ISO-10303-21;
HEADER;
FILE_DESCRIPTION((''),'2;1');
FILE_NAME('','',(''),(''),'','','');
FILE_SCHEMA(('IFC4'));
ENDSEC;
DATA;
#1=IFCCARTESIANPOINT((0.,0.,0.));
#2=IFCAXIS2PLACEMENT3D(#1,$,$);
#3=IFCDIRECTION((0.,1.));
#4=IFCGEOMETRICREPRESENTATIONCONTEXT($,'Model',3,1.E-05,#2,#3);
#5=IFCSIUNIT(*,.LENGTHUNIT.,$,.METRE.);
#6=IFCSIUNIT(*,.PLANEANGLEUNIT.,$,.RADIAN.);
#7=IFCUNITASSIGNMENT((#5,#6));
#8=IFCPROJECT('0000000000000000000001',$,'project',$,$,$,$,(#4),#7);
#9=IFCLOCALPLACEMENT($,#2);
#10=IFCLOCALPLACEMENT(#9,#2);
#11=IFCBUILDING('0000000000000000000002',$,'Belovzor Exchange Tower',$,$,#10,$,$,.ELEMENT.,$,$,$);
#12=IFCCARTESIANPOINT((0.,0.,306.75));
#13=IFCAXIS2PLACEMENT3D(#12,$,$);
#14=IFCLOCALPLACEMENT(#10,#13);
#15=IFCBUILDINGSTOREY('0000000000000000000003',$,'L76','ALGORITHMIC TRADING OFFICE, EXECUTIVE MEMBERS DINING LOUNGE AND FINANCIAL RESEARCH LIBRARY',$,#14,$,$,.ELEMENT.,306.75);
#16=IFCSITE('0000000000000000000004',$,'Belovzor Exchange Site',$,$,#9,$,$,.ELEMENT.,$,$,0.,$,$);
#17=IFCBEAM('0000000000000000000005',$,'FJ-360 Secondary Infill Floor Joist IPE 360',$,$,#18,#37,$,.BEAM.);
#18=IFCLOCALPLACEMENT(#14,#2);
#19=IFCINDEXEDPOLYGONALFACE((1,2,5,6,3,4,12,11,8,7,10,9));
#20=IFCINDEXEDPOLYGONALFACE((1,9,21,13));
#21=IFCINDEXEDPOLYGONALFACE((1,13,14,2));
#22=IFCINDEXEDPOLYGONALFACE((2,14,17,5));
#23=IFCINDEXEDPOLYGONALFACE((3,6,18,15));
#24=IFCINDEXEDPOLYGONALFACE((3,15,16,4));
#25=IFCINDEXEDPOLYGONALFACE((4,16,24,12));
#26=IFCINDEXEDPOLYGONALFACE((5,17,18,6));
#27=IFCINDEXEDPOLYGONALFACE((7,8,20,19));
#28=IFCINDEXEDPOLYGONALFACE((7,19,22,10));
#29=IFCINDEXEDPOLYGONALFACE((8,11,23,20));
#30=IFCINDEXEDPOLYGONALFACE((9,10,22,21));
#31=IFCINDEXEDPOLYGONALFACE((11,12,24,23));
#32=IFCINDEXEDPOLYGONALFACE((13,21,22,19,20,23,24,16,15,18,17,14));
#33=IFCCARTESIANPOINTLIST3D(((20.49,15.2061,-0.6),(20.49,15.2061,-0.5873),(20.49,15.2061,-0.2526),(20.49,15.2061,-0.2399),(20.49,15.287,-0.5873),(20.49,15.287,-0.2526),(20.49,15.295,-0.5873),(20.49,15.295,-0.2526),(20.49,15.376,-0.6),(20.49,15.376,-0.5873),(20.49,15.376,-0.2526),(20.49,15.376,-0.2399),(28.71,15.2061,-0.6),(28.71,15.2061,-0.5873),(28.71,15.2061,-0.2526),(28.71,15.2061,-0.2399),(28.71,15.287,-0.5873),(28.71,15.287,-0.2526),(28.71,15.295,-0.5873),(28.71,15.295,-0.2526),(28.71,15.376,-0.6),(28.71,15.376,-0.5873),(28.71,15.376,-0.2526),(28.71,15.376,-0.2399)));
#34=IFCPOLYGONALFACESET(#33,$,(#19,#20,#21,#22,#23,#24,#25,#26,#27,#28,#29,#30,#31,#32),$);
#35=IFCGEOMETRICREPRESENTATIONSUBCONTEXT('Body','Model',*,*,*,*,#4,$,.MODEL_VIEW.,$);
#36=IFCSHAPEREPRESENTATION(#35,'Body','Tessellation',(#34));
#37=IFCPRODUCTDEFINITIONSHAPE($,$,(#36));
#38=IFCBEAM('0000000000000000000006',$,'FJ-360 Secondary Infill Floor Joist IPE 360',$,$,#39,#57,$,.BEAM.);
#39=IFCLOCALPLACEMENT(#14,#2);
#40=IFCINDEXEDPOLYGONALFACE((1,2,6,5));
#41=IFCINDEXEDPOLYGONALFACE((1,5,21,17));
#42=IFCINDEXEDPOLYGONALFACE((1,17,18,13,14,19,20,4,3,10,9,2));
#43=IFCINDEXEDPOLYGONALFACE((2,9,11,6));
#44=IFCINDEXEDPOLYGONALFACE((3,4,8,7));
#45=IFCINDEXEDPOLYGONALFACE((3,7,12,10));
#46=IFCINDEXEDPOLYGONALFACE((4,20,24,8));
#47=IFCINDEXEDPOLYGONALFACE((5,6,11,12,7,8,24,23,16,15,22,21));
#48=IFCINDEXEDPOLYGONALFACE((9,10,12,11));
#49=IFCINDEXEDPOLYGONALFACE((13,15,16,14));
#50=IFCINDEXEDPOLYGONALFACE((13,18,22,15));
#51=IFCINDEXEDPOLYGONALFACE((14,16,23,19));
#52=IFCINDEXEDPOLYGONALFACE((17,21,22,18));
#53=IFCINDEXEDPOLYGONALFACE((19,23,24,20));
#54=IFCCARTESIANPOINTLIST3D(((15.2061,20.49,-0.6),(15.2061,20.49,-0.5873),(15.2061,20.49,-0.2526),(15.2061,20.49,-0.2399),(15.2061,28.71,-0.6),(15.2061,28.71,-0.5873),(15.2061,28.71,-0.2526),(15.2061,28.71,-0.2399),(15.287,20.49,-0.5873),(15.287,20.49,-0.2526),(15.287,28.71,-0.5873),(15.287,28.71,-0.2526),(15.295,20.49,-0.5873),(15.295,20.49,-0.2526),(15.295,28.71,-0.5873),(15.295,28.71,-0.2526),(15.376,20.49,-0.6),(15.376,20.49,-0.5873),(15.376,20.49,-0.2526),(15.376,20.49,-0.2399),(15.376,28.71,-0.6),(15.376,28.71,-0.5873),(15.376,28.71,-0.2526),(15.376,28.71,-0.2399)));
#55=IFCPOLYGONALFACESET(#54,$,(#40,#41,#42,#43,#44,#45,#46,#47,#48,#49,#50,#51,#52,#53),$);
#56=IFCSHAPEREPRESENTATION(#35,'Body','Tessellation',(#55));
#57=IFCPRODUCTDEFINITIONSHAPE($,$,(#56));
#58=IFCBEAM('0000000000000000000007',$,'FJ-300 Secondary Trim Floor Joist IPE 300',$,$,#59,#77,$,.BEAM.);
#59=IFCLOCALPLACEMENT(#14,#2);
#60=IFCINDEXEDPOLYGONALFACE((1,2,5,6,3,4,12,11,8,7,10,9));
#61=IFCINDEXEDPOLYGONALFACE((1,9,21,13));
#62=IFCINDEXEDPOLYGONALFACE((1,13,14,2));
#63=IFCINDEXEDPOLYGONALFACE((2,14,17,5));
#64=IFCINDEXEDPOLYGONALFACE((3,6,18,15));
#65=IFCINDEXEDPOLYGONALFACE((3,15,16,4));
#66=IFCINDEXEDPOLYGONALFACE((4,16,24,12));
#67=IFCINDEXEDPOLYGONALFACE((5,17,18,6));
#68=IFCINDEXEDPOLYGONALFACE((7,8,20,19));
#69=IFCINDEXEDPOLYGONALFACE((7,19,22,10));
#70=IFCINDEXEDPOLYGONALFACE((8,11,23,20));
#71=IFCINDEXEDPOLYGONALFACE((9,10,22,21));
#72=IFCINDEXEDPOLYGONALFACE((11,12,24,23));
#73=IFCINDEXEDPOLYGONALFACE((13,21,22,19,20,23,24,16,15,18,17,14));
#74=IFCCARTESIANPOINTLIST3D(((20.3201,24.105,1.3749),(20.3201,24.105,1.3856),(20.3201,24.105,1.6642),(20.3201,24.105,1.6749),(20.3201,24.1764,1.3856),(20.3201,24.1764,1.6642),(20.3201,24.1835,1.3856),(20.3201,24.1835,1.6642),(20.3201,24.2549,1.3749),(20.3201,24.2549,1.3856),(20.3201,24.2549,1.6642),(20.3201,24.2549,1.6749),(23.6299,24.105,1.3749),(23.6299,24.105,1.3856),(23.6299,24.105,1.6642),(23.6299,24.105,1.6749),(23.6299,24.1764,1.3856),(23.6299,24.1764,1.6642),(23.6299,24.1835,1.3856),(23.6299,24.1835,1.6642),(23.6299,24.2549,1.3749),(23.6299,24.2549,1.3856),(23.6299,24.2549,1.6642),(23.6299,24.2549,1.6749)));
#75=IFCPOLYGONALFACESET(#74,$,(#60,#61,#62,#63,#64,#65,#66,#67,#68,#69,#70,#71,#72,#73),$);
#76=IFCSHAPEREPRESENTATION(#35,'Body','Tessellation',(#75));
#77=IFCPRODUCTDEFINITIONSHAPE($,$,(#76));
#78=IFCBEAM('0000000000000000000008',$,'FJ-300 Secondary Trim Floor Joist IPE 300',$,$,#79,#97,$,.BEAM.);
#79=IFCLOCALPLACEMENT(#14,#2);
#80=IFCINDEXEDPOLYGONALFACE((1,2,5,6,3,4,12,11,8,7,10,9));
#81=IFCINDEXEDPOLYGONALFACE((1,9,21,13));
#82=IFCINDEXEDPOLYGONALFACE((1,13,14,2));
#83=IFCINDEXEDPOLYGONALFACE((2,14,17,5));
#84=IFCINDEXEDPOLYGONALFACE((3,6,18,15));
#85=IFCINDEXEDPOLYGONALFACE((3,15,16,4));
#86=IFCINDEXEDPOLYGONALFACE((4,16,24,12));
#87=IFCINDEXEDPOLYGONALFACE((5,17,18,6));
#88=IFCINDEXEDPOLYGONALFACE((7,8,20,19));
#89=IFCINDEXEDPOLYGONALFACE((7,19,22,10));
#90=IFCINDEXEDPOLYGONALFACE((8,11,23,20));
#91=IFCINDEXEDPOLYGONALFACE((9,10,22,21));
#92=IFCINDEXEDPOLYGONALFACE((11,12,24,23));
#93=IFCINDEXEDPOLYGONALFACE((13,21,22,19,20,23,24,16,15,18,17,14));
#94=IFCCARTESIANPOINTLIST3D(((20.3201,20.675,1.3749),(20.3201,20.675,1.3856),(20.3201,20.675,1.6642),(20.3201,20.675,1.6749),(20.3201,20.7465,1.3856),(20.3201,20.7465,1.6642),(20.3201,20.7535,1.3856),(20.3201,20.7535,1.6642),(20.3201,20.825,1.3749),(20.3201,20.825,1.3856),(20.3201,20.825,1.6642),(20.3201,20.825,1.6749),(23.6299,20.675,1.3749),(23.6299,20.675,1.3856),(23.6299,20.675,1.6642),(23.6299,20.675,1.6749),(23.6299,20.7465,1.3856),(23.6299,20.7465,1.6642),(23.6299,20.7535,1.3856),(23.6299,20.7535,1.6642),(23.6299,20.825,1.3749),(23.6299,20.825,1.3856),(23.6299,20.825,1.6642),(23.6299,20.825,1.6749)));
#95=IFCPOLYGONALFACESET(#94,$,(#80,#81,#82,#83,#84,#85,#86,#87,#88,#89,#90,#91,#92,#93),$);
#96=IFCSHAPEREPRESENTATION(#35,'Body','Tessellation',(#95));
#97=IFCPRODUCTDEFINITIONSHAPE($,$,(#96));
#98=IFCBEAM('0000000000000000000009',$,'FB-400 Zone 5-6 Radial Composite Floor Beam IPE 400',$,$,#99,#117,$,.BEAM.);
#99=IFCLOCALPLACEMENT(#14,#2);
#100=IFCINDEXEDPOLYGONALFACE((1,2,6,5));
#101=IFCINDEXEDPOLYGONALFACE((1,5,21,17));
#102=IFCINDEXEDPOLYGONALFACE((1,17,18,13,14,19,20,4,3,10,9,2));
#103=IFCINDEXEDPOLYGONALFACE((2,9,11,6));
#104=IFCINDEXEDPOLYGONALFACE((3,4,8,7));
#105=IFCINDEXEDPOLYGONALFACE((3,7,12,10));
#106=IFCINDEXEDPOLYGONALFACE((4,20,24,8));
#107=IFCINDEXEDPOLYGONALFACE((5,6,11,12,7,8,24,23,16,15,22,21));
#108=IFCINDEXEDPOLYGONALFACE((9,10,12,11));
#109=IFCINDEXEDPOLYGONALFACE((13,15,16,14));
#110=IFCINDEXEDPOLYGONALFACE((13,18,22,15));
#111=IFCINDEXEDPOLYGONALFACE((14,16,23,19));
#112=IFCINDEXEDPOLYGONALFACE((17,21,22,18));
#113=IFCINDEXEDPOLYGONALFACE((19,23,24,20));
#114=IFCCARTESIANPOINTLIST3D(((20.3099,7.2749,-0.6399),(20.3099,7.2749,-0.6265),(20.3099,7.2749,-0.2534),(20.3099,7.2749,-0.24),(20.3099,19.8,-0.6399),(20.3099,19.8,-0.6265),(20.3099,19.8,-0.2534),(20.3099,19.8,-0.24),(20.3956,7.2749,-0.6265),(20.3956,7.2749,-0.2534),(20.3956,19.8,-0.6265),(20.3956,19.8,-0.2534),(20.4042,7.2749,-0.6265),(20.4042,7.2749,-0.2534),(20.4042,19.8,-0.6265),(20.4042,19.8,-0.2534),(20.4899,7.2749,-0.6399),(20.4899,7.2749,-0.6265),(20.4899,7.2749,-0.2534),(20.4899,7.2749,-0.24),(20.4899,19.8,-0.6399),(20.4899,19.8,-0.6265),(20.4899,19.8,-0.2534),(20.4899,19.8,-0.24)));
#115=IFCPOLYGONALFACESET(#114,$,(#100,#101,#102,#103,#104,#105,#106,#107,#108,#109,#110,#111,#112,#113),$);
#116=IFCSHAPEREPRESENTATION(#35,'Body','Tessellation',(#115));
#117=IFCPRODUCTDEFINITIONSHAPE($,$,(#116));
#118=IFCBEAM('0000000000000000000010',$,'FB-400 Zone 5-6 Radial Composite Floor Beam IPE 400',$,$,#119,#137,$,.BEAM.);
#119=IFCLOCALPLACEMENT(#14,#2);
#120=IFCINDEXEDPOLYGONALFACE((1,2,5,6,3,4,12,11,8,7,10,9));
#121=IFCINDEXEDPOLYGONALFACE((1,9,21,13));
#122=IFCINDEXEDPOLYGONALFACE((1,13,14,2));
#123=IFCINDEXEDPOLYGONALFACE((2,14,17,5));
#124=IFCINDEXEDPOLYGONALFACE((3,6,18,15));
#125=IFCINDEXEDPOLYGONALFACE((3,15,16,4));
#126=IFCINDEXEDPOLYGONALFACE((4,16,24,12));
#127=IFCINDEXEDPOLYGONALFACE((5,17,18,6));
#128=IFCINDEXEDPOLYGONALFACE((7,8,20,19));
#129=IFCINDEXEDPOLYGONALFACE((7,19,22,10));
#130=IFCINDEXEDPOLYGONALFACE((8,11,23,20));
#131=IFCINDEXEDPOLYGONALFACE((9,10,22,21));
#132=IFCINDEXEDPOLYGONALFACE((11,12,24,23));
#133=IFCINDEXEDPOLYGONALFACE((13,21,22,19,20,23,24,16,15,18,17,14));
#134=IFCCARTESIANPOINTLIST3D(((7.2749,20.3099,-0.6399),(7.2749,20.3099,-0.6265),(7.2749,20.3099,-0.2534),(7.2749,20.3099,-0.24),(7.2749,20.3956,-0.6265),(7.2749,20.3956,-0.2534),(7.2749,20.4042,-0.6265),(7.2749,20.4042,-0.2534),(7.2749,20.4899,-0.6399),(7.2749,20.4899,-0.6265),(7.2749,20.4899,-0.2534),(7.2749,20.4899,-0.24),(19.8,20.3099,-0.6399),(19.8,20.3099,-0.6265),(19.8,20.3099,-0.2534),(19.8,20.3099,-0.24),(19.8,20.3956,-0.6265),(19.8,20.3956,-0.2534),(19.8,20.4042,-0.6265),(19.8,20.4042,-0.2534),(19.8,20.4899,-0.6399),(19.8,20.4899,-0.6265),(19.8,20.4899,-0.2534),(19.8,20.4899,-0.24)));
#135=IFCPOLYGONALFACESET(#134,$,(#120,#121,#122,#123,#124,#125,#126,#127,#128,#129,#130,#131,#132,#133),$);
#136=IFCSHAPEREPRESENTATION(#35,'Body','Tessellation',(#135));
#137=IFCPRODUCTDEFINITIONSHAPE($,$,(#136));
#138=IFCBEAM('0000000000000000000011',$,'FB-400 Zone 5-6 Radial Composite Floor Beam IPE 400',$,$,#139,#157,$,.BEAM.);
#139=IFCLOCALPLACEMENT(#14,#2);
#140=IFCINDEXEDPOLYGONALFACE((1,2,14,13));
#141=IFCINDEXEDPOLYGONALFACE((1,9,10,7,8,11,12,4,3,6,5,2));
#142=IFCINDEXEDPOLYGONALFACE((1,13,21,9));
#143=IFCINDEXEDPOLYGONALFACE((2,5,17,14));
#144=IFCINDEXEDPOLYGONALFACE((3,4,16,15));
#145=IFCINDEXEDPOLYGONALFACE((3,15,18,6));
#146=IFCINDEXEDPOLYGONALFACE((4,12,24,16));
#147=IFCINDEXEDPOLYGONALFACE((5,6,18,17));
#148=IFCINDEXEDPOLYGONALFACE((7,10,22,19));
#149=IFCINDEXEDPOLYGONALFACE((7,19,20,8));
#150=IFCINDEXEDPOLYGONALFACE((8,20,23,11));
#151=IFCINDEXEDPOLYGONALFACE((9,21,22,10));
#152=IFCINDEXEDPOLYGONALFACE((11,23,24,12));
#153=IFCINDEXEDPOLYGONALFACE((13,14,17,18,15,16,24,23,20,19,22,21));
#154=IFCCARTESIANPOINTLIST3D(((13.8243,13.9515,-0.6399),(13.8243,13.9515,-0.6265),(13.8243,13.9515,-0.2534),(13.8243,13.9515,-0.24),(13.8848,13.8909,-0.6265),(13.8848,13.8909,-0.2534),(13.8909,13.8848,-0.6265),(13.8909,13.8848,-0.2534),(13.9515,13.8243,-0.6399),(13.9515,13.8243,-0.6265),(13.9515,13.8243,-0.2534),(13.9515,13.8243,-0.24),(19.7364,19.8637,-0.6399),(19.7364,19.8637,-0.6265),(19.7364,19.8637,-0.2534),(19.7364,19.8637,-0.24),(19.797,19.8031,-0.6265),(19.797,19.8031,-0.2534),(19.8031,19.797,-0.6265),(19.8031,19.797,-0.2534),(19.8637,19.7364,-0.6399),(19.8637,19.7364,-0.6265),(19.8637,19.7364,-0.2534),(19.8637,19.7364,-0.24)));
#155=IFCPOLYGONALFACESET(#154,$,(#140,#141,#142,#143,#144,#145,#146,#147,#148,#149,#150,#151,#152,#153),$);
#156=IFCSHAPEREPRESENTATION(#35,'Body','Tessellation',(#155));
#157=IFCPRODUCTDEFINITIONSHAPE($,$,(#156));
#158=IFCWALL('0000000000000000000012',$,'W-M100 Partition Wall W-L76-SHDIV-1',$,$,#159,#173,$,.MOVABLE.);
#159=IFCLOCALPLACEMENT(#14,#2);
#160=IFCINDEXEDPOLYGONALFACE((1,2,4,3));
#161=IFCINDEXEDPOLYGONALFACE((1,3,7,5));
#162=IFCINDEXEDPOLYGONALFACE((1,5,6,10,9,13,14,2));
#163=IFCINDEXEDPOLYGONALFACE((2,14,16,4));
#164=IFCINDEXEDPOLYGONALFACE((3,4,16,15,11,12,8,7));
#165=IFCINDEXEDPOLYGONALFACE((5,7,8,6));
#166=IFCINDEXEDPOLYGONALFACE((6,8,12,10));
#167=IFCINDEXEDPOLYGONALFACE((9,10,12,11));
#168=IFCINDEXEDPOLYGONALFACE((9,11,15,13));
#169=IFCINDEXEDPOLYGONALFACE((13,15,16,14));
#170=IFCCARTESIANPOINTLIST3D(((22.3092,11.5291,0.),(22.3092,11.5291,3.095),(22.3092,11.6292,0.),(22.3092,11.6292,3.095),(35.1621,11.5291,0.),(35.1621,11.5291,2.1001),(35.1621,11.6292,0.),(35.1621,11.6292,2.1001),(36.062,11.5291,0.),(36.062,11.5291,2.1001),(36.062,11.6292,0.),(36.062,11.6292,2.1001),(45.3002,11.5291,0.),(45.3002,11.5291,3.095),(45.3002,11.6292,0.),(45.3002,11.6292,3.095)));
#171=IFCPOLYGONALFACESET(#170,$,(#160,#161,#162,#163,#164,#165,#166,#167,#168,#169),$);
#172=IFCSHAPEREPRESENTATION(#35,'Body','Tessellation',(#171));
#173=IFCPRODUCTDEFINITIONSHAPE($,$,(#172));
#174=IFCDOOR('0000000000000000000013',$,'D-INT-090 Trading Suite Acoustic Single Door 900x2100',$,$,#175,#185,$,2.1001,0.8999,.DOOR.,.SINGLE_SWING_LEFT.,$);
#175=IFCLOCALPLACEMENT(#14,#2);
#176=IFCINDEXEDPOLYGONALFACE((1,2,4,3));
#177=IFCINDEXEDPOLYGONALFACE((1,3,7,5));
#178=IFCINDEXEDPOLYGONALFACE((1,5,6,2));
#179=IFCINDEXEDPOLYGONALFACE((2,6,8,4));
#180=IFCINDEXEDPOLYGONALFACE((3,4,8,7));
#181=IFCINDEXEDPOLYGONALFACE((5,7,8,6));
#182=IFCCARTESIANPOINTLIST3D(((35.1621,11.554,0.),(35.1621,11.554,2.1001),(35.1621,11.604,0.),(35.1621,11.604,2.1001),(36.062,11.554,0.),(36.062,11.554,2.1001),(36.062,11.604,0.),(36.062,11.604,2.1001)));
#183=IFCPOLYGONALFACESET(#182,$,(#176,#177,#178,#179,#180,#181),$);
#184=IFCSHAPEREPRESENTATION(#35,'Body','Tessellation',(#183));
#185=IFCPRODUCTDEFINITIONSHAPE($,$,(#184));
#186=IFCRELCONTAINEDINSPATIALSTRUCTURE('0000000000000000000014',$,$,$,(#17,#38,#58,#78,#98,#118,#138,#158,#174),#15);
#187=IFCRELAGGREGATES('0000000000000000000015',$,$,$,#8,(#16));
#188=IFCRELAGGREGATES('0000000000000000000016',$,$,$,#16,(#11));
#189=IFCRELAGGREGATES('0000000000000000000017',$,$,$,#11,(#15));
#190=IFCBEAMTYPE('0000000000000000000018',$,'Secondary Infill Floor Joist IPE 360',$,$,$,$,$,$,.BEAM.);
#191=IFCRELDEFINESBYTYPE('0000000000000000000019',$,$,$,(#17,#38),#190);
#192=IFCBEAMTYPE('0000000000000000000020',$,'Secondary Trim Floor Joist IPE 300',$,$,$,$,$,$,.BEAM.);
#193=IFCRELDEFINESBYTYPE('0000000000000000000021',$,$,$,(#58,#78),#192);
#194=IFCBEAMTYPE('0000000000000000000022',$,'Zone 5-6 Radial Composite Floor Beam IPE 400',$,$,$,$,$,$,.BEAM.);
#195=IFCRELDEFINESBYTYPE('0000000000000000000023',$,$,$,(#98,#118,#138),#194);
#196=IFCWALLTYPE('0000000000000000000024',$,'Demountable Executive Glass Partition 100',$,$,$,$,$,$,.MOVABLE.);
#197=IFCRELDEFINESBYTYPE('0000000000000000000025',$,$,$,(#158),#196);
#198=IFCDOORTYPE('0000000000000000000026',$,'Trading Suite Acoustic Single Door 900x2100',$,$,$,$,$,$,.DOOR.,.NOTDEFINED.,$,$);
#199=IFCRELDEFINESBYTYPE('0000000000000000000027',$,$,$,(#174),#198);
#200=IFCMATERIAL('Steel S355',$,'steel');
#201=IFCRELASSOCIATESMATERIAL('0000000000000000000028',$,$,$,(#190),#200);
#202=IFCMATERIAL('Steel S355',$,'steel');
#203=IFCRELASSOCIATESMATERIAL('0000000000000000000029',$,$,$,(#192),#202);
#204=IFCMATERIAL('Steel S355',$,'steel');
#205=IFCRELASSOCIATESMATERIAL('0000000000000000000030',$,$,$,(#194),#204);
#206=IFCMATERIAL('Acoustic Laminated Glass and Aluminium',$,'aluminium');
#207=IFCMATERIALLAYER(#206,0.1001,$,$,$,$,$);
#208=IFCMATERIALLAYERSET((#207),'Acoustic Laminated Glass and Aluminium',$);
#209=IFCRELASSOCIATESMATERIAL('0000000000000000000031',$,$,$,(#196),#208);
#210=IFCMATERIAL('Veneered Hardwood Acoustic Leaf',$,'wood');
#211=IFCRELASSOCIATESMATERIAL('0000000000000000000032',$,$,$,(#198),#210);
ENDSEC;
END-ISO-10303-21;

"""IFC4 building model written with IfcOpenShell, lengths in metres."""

from ifc_helpers import new_model, si_unit, direction, frame, frame_2d, origin, origin_2d, place, context, subcontext, project, spatial, rectangle, i_section, extrude, material, layer, layer_set, material_profile, profile_set, type_object, element, fill, save


model = new_model("IFC4")

# Units and contexts
model_context = context("Model", 3, precision=1e-05, world=origin(), true_north=direction((0.0, 1.0)))
body_context = subcontext(model_context, "Body", "Model", "MODEL_VIEW")
ifc_project = project(units=[si_unit("LENGTHUNIT", "METRE"), si_unit("PLANEANGLEUNIT", "RADIAN")], contexts=[model_context])

# Site, building, storey
site_placement = place(None, origin())
site = spatial("IfcSite", under=ifc_project, at=site_placement, Name="Belovzor Exchange Site", CompositionType="ELEMENT", RefElevation=0.0)
building_placement = place(site_placement, origin())
building = spatial("IfcBuilding", under=site, at=building_placement, Name="Belovzor Exchange Tower", CompositionType="ELEMENT")
storey_placement = place(building_placement, frame((0.0, 0.0, 306.75)))
storey = spatial("IfcBuildingStorey", under=building, at=storey_placement, Name="L76", Description="ALGORITHMIC TRADING OFFICE, EXECUTIVE MEMBERS DINING LOUNGE AND FINANCIAL RESEARCH LIBRARY", CompositionType="ELEMENT", Elevation=306.75)

# Beams
ifc_material_1 = material(Name="Steel S355", Category="steel")
ifc_material_profile_1 = material_profile(ifc_material_1, i_section(OverallWidth=0.1699, OverallDepth=0.3601, WebThickness=0.0081, FlangeThickness=0.0127, at=origin_2d()))
ifc_profile_set_1 = profile_set([ifc_material_profile_1], Name="Steel S355")
beam_type_1 = type_object("IfcBeamType", Name="Secondary Infill Floor Joist IPE 360", PredefinedType="BEAM", material=ifc_profile_set_1)
for number, where, z_axis, x_axis, name in (
    (1, (20.49, 15.291, -0.4199), (1.0, 0.0, 0.0), (0.0, 1.0, 0.0), "FJ-360 Secondary Infill Floor Joist IPE 360"),
    (2, (15.291, 20.49, -0.4199), (0.0, 1.0, 0.0), (-1.0, 0.0, 0.0), "FJ-360 Secondary Infill Floor Joist IPE 360"),
):
    element("IfcBeam", number, at=place(storey_placement, frame(where, z_axis=z_axis, x_axis=x_axis)), inside=storey, type_object=beam_type_1, Name=name, PredefinedType="BEAM", context=body_context, shape_type="SweptSolid", body=[
        extrude(i_section(OverallWidth=0.1699, OverallDepth=0.3601, WebThickness=0.0081, FlangeThickness=0.0127, at=origin_2d()), origin(), (0.0, 0.0, 1.0), 8.22),
    ])
ifc_material_2 = material(Name="Steel S355", Category="steel")
ifc_material_profile_2 = material_profile(ifc_material_2, i_section(OverallWidth=0.1499, OverallDepth=0.3, WebThickness=0.0071, FlangeThickness=0.0107, at=origin_2d()))
ifc_profile_set_2 = profile_set([ifc_material_profile_2], Name="Steel S355")
beam_type_2 = type_object("IfcBeamType", Name="Secondary Trim Floor Joist IPE 300", PredefinedType="BEAM", material=ifc_profile_set_2)
for number, where, z_axis, x_axis, name in (
    (3, (20.3201, 24.1799, 1.5249), (1.0, 0.0, 0.0), (0.0, 1.0, 0.0), "FJ-300 Secondary Trim Floor Joist IPE 300"),
    (4, (20.3201, 20.75, 1.5249), (1.0, 0.0, 0.0), (0.0, 1.0, 0.0), "FJ-300 Secondary Trim Floor Joist IPE 300"),
):
    element("IfcBeam", number, at=place(storey_placement, frame(where, z_axis=z_axis, x_axis=x_axis)), inside=storey, type_object=beam_type_2, Name=name, PredefinedType="BEAM", context=body_context, shape_type="SweptSolid", body=[
        extrude(i_section(OverallWidth=0.1499, OverallDepth=0.3, WebThickness=0.0071, FlangeThickness=0.0107, at=origin_2d()), origin(), (0.0, 0.0, 1.0), 3.3098),
    ])
ifc_material_3 = material(Name="Steel S355", Category="steel")
ifc_material_profile_3 = material_profile(ifc_material_3, i_section(OverallWidth=0.1799, OverallDepth=0.3999, WebThickness=0.0085, FlangeThickness=0.0134, at=origin_2d()))
ifc_profile_set_3 = profile_set([ifc_material_profile_3], Name="Steel S355")
beam_type_3 = type_object("IfcBeamType", Name="Zone 5-6 Radial Composite Floor Beam IPE 400", PredefinedType="BEAM", material=ifc_profile_set_3)
for number, where, z_axis, x_axis, name in (
    (5, (20.3999, 19.8, -0.4399), (0.0, -1.0, 0.0), (1.0, 0.0, 0.0), "FB-400 Zone 5-6 Radial Composite Floor Beam IPE 400"),
    (6, (19.8, 20.3999, -0.4399), (-1.0, 0.0, 0.0), (0.0, -1.0, 0.0), "FB-400 Zone 5-6 Radial Composite Floor Beam IPE 400"),
):
    element("IfcBeam", number, at=place(storey_placement, frame(where, z_axis=z_axis, x_axis=x_axis)), inside=storey, type_object=beam_type_3, Name=name, PredefinedType="BEAM", context=body_context, shape_type="SweptSolid", body=[
        extrude(i_section(OverallWidth=0.1799, OverallDepth=0.3999, WebThickness=0.0085, FlangeThickness=0.0134, at=origin_2d()), origin(), (0.0, 0.0, 1.0), 12.5251),
    ])
beam_placement = place(storey_placement, frame((19.8, 19.8, -0.4399), z_axis=(-0.707107, -0.707107, 0.0), x_axis=(0.707107, -0.707107, 0.0)))
element("IfcBeam", 7, at=beam_placement, inside=storey, type_object=beam_type_3, Name="FB-400 Zone 5-6 Radial Composite Floor Beam IPE 400", PredefinedType="BEAM", context=body_context, shape_type="SweptSolid", body=[
    extrude(i_section(OverallWidth=0.1799, OverallDepth=0.3999, WebThickness=0.0085, FlangeThickness=0.0134, at=origin_2d()), origin(), (0.0, 0.0, 1.0), 8.3611),
])

# Wall, opening, door
ifc_material_4 = material(Name="Acoustic Laminated Glass and Aluminium", Category="aluminium")
ifc_layer_1 = layer(ifc_material_4, 0.1001)
ifc_layer_set_1 = layer_set([ifc_layer_1], Name="Acoustic Laminated Glass and Aluminium")
wall_type_1 = type_object("IfcWallType", Name="Demountable Executive Glass Partition 100", PredefinedType="MOVABLE", material=ifc_layer_set_1)
wall_1_placement = place(storey_placement, frame((22.3091, 11.5791, 0.0), z_axis=(0.0, 0.0, 1.0), x_axis=(1.0, 0.0, 0.0)))
wall_1 = element("IfcWall", 8, at=wall_1_placement, inside=storey, type_object=wall_type_1, Name="W-M100 Partition Wall W-L76-SHDIV-1", PredefinedType="MOVABLE", context=body_context, shape_type="SweptSolid", body=[
    extrude(rectangle(XDim=22.991, YDim=0.1001, at=frame_2d((11.4956, 0.0))), origin(), (0.0, 0.0, 1.0), 3.095),
])
opening_1_placement = place(wall_1_placement, frame((12.853, 0.0, 0.0)))
opening_1 = element("IfcOpeningElement", 9, at=opening_1_placement, cuts=wall_1, PredefinedType="OPENING", context=body_context, shape_type="SweptSolid", body=[
    extrude(rectangle(XDim=0.8999, YDim=2.1001, at=frame_2d((0.45, 1.05))), frame((0.0, 0.0601, 0.0), z_axis=(0.0, -1.0, 0.0), x_axis=(1.0, 0.0, 0.0)), (0.0, 0.0, 1.0), 0.1201),
])
ifc_material_5 = material(Name="Veneered Hardwood Acoustic Leaf", Category="wood")
door_type_1 = type_object("IfcDoorType", Name="Trading Suite Acoustic Single Door 900x2100", OperationType="NOTDEFINED", PredefinedType="DOOR", material=ifc_material_5)
door_1_placement = place(opening_1_placement, origin())
door_1 = element("IfcDoor", 10, at=door_1_placement, inside=storey, type_object=door_type_1, Name="D-INT-090 Trading Suite Acoustic Single Door 900x2100", OperationType="SINGLE_SWING_LEFT", OverallHeight=2.1001, OverallWidth=0.8999, PredefinedType="DOOR", context=body_context, shape_type="SweptSolid", body=[
    extrude(rectangle(XDim=0.8999, YDim=2.1001, at=frame_2d((0.45, 1.05))), frame((0.0, 0.0249, 0.0), z_axis=(0.0, -1.0, 0.0), x_axis=(1.0, 0.0, 0.0)), (0.0, 0.0, 1.0), 0.05),
])
fill(opening_1, door_1)

save(model, "model.ifc")
